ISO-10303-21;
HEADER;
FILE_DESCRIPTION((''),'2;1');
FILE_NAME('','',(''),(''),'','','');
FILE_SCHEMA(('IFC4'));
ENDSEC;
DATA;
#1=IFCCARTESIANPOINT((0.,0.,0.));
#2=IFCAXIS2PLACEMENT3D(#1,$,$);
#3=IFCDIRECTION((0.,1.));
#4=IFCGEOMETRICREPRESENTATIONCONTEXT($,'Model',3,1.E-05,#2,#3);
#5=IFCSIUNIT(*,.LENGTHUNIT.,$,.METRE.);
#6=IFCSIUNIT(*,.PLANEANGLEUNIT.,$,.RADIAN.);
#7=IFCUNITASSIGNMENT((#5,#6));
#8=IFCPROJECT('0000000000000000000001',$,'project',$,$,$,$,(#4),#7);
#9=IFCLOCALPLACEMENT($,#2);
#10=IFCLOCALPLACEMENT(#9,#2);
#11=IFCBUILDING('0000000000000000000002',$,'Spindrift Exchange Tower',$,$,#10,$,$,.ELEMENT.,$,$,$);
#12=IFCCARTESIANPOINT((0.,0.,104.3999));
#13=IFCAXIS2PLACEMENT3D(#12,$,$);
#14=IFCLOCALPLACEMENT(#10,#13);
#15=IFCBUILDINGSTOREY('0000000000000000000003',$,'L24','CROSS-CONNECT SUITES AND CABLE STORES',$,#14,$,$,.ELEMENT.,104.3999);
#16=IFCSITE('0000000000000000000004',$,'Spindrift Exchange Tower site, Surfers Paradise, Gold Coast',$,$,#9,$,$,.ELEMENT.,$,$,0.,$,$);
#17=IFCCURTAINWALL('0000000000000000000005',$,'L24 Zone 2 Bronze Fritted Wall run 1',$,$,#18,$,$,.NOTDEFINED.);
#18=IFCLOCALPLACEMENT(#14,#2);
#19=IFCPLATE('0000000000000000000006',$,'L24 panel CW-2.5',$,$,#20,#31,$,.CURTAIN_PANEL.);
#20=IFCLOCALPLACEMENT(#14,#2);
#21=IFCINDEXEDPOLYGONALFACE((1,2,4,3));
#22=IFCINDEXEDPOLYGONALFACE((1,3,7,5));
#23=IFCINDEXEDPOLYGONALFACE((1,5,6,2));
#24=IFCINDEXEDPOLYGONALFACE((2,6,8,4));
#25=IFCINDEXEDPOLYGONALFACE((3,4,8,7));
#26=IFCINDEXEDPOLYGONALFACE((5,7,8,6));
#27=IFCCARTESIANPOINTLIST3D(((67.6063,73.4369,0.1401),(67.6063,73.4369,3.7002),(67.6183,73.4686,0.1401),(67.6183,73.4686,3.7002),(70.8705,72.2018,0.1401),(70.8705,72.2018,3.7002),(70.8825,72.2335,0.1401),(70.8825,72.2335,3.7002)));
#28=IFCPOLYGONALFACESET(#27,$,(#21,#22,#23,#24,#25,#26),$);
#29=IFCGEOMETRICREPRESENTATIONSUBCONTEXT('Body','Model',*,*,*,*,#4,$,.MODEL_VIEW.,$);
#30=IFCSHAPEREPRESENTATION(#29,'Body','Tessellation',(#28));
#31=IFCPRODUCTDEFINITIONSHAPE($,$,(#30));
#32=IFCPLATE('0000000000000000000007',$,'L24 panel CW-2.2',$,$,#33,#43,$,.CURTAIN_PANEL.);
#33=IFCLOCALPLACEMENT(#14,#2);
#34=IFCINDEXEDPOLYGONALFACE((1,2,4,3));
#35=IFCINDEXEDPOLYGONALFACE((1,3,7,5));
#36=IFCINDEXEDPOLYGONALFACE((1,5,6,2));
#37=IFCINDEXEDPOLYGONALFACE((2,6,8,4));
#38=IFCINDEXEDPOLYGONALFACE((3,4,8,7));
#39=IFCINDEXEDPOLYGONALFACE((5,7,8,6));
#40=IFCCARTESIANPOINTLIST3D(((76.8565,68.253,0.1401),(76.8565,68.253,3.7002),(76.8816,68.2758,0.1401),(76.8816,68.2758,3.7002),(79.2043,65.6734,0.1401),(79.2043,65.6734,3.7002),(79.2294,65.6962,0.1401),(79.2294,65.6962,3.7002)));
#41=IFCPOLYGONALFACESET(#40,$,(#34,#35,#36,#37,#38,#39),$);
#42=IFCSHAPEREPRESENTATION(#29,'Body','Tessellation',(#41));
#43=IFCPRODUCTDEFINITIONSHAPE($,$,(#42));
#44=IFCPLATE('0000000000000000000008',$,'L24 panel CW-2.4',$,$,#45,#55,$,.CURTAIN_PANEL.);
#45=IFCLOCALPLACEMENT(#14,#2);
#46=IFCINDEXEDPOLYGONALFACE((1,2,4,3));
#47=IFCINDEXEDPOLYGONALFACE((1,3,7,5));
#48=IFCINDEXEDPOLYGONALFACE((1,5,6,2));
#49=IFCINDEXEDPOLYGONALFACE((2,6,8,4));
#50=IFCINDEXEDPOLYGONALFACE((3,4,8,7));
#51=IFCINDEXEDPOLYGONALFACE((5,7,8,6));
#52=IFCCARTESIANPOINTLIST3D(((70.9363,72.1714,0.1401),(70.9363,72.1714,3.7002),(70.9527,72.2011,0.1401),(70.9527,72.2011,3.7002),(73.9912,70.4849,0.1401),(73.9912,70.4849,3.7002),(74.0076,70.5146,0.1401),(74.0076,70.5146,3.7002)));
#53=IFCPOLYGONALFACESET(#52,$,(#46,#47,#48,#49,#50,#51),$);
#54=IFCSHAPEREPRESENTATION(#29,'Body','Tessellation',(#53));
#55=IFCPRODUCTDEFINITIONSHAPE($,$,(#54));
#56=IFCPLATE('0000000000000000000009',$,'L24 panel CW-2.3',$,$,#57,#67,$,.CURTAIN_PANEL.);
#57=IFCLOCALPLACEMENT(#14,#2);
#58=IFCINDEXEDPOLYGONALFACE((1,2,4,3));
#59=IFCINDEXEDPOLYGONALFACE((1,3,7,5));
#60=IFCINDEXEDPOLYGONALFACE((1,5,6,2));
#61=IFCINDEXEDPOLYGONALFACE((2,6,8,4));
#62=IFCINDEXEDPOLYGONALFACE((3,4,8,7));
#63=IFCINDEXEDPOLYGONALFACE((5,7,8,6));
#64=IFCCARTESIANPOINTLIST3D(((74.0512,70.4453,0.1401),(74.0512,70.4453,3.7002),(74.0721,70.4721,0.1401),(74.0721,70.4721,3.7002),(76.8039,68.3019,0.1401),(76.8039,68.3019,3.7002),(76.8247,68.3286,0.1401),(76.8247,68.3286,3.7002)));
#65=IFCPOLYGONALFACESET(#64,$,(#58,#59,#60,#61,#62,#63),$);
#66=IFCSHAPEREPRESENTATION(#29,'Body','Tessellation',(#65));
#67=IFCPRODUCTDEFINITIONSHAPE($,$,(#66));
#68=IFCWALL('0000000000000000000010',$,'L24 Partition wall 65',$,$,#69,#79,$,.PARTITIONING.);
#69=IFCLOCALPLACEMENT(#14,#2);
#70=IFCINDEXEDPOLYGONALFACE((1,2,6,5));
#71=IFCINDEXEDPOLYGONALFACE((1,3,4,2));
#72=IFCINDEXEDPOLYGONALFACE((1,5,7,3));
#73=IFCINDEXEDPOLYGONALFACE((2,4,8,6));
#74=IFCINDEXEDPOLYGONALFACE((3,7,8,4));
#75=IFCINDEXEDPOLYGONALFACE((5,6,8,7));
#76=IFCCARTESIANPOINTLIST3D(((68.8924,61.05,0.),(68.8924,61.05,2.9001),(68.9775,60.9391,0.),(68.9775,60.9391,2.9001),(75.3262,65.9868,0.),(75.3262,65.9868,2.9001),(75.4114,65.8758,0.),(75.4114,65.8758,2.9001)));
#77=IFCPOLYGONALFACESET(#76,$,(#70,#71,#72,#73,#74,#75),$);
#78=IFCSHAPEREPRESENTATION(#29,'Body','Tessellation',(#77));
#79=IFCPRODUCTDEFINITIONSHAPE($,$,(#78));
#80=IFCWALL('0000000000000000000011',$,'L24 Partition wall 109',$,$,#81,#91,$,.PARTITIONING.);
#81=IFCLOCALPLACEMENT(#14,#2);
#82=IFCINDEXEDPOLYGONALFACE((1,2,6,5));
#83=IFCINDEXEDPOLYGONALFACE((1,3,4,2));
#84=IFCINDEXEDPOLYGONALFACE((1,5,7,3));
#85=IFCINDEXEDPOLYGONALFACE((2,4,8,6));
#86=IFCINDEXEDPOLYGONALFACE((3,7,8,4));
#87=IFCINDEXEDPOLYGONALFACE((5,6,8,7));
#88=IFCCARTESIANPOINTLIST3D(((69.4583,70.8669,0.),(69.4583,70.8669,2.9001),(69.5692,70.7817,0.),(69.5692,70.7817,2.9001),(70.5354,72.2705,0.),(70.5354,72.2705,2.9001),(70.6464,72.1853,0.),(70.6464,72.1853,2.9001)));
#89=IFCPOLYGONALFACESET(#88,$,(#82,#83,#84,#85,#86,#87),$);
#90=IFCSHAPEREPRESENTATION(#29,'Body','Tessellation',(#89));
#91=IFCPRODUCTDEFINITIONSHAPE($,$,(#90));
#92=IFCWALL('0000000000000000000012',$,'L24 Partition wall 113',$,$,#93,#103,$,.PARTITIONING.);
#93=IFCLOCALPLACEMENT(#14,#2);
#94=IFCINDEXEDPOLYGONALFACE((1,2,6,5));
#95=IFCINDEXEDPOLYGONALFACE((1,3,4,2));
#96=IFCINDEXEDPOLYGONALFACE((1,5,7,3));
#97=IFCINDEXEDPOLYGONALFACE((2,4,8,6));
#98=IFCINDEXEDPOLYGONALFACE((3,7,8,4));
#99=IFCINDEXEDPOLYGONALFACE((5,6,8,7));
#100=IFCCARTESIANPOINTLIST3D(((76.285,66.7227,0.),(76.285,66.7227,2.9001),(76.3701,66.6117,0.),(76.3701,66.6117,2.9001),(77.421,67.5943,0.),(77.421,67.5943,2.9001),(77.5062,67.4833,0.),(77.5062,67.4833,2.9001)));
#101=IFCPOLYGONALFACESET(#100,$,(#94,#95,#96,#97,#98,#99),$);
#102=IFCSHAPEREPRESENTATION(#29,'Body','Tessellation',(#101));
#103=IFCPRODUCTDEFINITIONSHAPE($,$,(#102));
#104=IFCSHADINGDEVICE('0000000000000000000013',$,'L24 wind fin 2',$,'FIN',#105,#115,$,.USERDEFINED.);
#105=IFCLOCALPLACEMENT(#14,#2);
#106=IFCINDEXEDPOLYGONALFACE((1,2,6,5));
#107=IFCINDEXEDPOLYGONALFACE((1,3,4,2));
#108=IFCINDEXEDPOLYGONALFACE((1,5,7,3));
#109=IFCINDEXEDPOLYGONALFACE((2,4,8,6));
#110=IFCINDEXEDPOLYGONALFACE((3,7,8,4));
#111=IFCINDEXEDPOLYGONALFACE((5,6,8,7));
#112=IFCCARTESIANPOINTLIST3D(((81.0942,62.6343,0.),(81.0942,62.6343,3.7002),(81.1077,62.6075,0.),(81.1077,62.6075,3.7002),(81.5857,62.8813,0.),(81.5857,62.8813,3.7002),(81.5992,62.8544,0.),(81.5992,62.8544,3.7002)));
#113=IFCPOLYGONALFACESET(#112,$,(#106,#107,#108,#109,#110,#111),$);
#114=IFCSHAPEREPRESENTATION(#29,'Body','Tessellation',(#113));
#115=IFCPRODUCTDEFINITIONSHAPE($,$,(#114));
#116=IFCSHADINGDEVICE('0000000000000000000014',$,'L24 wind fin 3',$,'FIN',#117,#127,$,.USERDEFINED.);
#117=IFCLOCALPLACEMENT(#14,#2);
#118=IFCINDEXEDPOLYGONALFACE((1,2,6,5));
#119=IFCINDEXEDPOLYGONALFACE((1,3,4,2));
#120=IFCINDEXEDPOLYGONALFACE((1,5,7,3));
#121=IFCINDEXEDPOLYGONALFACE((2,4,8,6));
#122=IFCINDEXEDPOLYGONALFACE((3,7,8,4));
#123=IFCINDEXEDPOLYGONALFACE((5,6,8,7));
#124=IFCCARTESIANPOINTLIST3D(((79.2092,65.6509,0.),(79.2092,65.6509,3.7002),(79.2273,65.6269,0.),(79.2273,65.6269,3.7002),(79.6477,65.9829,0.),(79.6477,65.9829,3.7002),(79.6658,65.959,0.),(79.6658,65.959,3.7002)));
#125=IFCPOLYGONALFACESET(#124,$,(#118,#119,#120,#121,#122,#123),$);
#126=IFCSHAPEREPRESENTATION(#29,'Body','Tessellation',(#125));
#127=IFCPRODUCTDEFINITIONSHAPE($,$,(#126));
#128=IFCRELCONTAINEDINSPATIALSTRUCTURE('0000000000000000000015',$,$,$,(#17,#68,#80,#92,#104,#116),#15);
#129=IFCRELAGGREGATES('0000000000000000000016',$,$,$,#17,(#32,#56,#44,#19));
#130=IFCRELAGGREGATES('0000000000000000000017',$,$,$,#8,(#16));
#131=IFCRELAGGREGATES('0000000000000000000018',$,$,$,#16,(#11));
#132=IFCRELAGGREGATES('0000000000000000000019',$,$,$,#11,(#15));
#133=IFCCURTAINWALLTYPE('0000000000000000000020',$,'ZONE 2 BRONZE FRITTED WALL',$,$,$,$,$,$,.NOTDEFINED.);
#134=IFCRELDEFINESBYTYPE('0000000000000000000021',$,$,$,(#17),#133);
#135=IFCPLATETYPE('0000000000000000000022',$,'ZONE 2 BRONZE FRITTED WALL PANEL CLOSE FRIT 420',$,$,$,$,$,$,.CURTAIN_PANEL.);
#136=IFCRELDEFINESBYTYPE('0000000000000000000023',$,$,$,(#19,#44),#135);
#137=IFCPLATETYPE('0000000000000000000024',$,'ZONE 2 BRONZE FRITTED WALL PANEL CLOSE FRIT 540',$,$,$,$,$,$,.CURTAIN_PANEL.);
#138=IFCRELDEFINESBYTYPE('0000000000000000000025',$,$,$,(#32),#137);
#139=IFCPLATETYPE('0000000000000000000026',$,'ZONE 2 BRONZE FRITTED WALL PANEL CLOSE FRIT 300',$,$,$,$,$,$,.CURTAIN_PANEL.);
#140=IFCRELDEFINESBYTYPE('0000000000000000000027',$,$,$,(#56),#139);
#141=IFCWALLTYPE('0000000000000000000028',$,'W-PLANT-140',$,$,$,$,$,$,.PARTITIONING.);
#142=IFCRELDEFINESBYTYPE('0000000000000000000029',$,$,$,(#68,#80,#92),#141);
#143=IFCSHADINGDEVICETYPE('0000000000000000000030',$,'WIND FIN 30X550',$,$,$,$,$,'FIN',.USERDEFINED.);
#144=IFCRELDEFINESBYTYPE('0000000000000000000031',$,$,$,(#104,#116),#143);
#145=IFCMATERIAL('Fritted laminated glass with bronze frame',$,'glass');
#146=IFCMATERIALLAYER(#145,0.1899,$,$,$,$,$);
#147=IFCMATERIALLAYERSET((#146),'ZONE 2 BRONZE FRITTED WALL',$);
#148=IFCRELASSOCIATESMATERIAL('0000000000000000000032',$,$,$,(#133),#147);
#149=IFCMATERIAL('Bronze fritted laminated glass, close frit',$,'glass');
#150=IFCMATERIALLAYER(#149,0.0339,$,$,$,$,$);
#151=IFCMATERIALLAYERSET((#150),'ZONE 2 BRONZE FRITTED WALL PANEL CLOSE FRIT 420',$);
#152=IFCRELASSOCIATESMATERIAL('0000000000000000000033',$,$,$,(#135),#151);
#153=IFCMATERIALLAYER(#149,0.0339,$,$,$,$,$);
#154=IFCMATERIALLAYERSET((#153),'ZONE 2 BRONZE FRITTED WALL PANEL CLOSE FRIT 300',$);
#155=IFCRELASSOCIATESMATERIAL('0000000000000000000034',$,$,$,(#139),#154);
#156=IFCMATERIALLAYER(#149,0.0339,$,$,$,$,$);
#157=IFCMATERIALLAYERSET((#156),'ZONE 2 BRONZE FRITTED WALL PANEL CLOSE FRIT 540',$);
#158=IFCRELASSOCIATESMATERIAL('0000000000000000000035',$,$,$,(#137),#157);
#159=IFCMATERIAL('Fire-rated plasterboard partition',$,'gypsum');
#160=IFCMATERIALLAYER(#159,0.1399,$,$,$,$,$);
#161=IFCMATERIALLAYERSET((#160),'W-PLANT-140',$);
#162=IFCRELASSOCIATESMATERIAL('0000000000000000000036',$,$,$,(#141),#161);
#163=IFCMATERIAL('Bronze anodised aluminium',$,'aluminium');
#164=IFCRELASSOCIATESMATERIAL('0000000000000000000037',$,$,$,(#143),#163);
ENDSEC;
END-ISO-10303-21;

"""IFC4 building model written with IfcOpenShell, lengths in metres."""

from ifc_helpers import new_model, si_unit, direction, frame, frame_2d, origin, origin_2d, place, context, subcontext, project, spatial, rectangle, extrude, source, transform, mapped, material, layer, layer_set, material_profile, profile_set, type_object, element, aggregate, save


model = new_model("IFC4")

# Units and contexts
model_context = context("Model", 3, precision=1e-05, world=origin(), true_north=direction((0.0, 1.0)))
body_context = subcontext(model_context, "Body", "Model", "MODEL_VIEW")
ifc_project = project(units=[si_unit("LENGTHUNIT", "METRE"), si_unit("PLANEANGLEUNIT", "RADIAN")], contexts=[model_context])

# Site, building, storey
site_placement = place(None, origin())
site = spatial("IfcSite", under=ifc_project, at=site_placement, Name="Spindrift Exchange Tower site, Surfers Paradise, Gold Coast", CompositionType="ELEMENT", RefElevation=0.0)
building_placement = place(site_placement, origin())
building = spatial("IfcBuilding", under=site, at=building_placement, Name="Spindrift Exchange Tower", CompositionType="ELEMENT")
storey_placement = place(building_placement, frame((0.0, 0.0, 104.3999)))
storey = spatial("IfcBuildingStorey", under=building, at=storey_placement, Name="L24", Description="CROSS-CONNECT SUITES AND CABLE STORES", CompositionType="ELEMENT", Elevation=104.3999)

# Curtain wall
ifc_material_1 = material(Name="Fritted laminated glass with bronze frame", Category="glass")
ifc_layer_1 = layer(ifc_material_1, 0.1899)
ifc_layer_set_1 = layer_set([ifc_layer_1], Name="ZONE 2 BRONZE FRITTED WALL")
curtain_wall_type = type_object("IfcCurtainWallType", Name="ZONE 2 BRONZE FRITTED WALL", PredefinedType="NOTDEFINED", material=ifc_layer_set_1)
curtain_wall_1_placement = place(storey_placement, origin())
curtain_wall_1 = element("IfcCurtainWall", 1, at=curtain_wall_1_placement, inside=storey, type_object=curtain_wall_type, Name="L24 Zone 2 Bronze Fritted Wall run 1", PredefinedType="NOTDEFINED")
ifc_material_2 = material(Name="Bronze anodised aluminium", Category="aluminium")
ifc_material_3 = material(Name="Bronze fritted laminated glass, close frit", Category="glass")
ifc_layer_2 = layer(ifc_material_3, 0.0339)
ifc_layer_set_2 = layer_set([ifc_layer_2], Name="ZONE 2 BRONZE FRITTED WALL PANEL CLOSE FRIT 420")
plate_type_1 = type_object("IfcPlateType", Name="ZONE 2 BRONZE FRITTED WALL PANEL CLOSE FRIT 420", PredefinedType="CURTAIN_PANEL", material=ifc_layer_set_2)

# Shared definitions
ifc_layer_3 = layer(ifc_material_3, 0.0339)
ifc_layer_set_3 = layer_set([ifc_layer_3], Name="ZONE 2 BRONZE FRITTED WALL PANEL CLOSE FRIT 300")
plate_type_2 = type_object("IfcPlateType", Name="ZONE 2 BRONZE FRITTED WALL PANEL CLOSE FRIT 300", PredefinedType="CURTAIN_PANEL", material=ifc_layer_set_3)

# Plates
shared_shape_1 = source(origin(), body_context, "Body", "SweptSolid", [
    extrude(rectangle(XDim=3.49, YDim=0.0339, at=origin_2d()), origin(), (0.0, 0.0, 1.0), 3.5601),
])
plate_1_placement = place(storey_placement, frame((69.2444, 72.8352, 0.1401), z_axis=(0.0, 0.0, 1.0), x_axis=(-0.935288, 0.353886, 0.0)))
plate_1 = element("IfcPlate", 2, at=plate_1_placement, type_object=plate_type_1, Name="L24 panel CW-2.5", PredefinedType="CURTAIN_PANEL", context=body_context, shape_type="MappedRepresentation", body=[
    mapped(shared_shape_1, transform((0.0, 0.0, 0.0), scale=1.0)),
])
ifc_layer_4 = layer(ifc_material_3, 0.0339)
ifc_layer_set_4 = layer_set([ifc_layer_4], Name="ZONE 2 BRONZE FRITTED WALL PANEL CLOSE FRIT 540")
plate_type_3 = type_object("IfcPlateType", Name="ZONE 2 BRONZE FRITTED WALL PANEL CLOSE FRIT 540", PredefinedType="CURTAIN_PANEL", material=ifc_layer_set_4)
shared_shape_2 = source(origin(), body_context, "Body", "SweptSolid", [
    extrude(rectangle(XDim=3.488, YDim=0.0339, at=origin_2d()), origin(), (0.0, 0.0, 1.0), 3.5601),
])
plate_2_placement = place(storey_placement, frame((78.043, 66.9746, 0.1401), z_axis=(0.0, 0.0, 1.0), x_axis=(-0.673096, 0.739555, 0.0)))
plate_2 = element("IfcPlate", 3, at=plate_2_placement, type_object=plate_type_3, Name="L24 panel CW-2.2", PredefinedType="CURTAIN_PANEL", context=body_context, shape_type="MappedRepresentation", body=[
    mapped(shared_shape_2, transform((0.0, 0.0, 0.0), scale=1.0)),
])
shared_shape_3 = source(origin(), body_context, "Body", "SweptSolid", [
    extrude(rectangle(XDim=3.4895, YDim=0.0339, at=origin_2d()), origin(), (0.0, 0.0, 1.0), 3.5601),
])
plate_3_placement = place(storey_placement, frame((72.4719, 71.343, 0.1401), z_axis=(0.0, 0.0, 1.0), x_axis=(-0.875454, 0.483302, 0.0)))
plate_3 = element("IfcPlate", 4, at=plate_3_placement, type_object=plate_type_1, Name="L24 panel CW-2.4", PredefinedType="CURTAIN_PANEL", context=body_context, shape_type="MappedRepresentation", body=[
    mapped(shared_shape_3, transform((0.0, 0.0, 0.0), scale=1.0)),
])
shared_shape_4 = source(origin(), body_context, "Body", "SweptSolid", [
    extrude(rectangle(XDim=3.4888, YDim=0.0339, at=origin_2d()), origin(), (0.0, 0.0, 1.0), 3.5601),
])
plate_4_placement = place(storey_placement, frame((75.438, 69.387, 0.1401), z_axis=(0.0, 0.0, 1.0), x_axis=(-0.789006, 0.614386, 0.0)))
plate_4 = element("IfcPlate", 5, at=plate_4_placement, type_object=plate_type_2, Name="L24 panel CW-2.3", PredefinedType="CURTAIN_PANEL", context=body_context, shape_type="MappedRepresentation", body=[
    mapped(shared_shape_4, transform((0.0, 0.0, 0.0), scale=1.0)),
])
aggregate(curtain_wall_1, [plate_2, plate_4, plate_3, plate_1])

# Walls
ifc_material_4 = material(Name="Fire-rated plasterboard partition", Category="gypsum")
ifc_layer_5 = layer(ifc_material_4, 0.1399)
ifc_layer_set_5 = layer_set([ifc_layer_5], Name="W-PLANT-140")
wall_type = type_object("IfcWallType", Name="W-PLANT-140", PredefinedType="PARTITIONING", material=ifc_layer_set_5)
wall_1_placement = place(storey_placement, frame((68.9351, 60.9946, 0.0), z_axis=(0.0, 0.0, 1.0), x_axis=(0.793359, 0.608754, 0.0)))
element("IfcWall", 6, at=wall_1_placement, inside=storey, type_object=wall_type, Name="L24 Partition wall 65", PredefinedType="PARTITIONING", context=body_context, shape_type="SweptSolid", body=[
    extrude(rectangle(XDim=8.1096, YDim=0.1399, at=frame_2d((4.0547, 0.0))), origin(), (0.0, 0.0, 1.0), 2.9001),
])
wall_2_placement = place(storey_placement, frame((69.5137, 70.8242, 0.0), z_axis=(0.0, 0.0, 1.0), x_axis=(0.608817, 0.793311, 0.0)))
element("IfcWall", 7, at=wall_2_placement, inside=storey, type_object=wall_type, Name="L24 Partition wall 109", PredefinedType="PARTITIONING", context=body_context, shape_type="SweptSolid", body=[
    extrude(rectangle(XDim=1.7693, YDim=0.1399, at=frame_2d((0.8848, 0.0))), origin(), (0.0, 0.0, 1.0), 2.9001),
])
wall_3_placement = place(storey_placement, frame((76.3276, 66.6672, 0.0), z_axis=(0.0, 0.0, 1.0), x_axis=(0.793384, 0.608721, 0.0)))
element("IfcWall", 8, at=wall_3_placement, inside=storey, type_object=wall_type, Name="L24 Partition wall 113", PredefinedType="PARTITIONING", context=body_context, shape_type="SweptSolid", body=[
    extrude(rectangle(XDim=1.4319, YDim=0.1399, at=frame_2d((0.7158, 0.0))), origin(), (0.0, 0.0, 1.0), 2.9001),
])

# Shading devices
ifc_material_profile_1 = material_profile(ifc_material_2, rectangle(XDim=0.03, YDim=0.55, at=origin_2d()), Name="WIND FIN 30X550")
ifc_profile_set_1 = profile_set([ifc_material_profile_1], Name="Bronze anodised aluminium")
shading_device_type = type_object("IfcShadingDeviceType", Name="WIND FIN 30X550", ElementType="FIN", PredefinedType="USERDEFINED", material=ifc_profile_set_1)
shared_shape_5 = source(origin(), body_context, "Body", "SweptSolid", [
    extrude(rectangle(XDim=0.03, YDim=0.55, at=origin_2d()), origin(), (0.0, 0.0, 1.0), 3.7002),
])
for number, where, z_axis, x_axis, name in (
    (9, (81.3467, 62.7444, 0.0), (0.0, 0.0, 1.0), (-0.448949, 0.893557, 0.0), "L24 wind fin 2"),
    (10, (79.4375, 65.8049, 0.0), (0.0, 0.0, 1.0), (-0.603649, 0.79725, 0.0), "L24 wind fin 3"),
):
    element("IfcShadingDevice", number, at=place(storey_placement, frame(where, z_axis=z_axis, x_axis=x_axis)), inside=storey, type_object=shading_device_type, Name=name, ObjectType="FIN", PredefinedType="USERDEFINED", context=body_context, shape_type="MappedRepresentation", body=[
        mapped(shared_shape_5, transform((0.0, 0.0, 0.0), scale=1.0)),
    ])

save(model, "model.ifc")
